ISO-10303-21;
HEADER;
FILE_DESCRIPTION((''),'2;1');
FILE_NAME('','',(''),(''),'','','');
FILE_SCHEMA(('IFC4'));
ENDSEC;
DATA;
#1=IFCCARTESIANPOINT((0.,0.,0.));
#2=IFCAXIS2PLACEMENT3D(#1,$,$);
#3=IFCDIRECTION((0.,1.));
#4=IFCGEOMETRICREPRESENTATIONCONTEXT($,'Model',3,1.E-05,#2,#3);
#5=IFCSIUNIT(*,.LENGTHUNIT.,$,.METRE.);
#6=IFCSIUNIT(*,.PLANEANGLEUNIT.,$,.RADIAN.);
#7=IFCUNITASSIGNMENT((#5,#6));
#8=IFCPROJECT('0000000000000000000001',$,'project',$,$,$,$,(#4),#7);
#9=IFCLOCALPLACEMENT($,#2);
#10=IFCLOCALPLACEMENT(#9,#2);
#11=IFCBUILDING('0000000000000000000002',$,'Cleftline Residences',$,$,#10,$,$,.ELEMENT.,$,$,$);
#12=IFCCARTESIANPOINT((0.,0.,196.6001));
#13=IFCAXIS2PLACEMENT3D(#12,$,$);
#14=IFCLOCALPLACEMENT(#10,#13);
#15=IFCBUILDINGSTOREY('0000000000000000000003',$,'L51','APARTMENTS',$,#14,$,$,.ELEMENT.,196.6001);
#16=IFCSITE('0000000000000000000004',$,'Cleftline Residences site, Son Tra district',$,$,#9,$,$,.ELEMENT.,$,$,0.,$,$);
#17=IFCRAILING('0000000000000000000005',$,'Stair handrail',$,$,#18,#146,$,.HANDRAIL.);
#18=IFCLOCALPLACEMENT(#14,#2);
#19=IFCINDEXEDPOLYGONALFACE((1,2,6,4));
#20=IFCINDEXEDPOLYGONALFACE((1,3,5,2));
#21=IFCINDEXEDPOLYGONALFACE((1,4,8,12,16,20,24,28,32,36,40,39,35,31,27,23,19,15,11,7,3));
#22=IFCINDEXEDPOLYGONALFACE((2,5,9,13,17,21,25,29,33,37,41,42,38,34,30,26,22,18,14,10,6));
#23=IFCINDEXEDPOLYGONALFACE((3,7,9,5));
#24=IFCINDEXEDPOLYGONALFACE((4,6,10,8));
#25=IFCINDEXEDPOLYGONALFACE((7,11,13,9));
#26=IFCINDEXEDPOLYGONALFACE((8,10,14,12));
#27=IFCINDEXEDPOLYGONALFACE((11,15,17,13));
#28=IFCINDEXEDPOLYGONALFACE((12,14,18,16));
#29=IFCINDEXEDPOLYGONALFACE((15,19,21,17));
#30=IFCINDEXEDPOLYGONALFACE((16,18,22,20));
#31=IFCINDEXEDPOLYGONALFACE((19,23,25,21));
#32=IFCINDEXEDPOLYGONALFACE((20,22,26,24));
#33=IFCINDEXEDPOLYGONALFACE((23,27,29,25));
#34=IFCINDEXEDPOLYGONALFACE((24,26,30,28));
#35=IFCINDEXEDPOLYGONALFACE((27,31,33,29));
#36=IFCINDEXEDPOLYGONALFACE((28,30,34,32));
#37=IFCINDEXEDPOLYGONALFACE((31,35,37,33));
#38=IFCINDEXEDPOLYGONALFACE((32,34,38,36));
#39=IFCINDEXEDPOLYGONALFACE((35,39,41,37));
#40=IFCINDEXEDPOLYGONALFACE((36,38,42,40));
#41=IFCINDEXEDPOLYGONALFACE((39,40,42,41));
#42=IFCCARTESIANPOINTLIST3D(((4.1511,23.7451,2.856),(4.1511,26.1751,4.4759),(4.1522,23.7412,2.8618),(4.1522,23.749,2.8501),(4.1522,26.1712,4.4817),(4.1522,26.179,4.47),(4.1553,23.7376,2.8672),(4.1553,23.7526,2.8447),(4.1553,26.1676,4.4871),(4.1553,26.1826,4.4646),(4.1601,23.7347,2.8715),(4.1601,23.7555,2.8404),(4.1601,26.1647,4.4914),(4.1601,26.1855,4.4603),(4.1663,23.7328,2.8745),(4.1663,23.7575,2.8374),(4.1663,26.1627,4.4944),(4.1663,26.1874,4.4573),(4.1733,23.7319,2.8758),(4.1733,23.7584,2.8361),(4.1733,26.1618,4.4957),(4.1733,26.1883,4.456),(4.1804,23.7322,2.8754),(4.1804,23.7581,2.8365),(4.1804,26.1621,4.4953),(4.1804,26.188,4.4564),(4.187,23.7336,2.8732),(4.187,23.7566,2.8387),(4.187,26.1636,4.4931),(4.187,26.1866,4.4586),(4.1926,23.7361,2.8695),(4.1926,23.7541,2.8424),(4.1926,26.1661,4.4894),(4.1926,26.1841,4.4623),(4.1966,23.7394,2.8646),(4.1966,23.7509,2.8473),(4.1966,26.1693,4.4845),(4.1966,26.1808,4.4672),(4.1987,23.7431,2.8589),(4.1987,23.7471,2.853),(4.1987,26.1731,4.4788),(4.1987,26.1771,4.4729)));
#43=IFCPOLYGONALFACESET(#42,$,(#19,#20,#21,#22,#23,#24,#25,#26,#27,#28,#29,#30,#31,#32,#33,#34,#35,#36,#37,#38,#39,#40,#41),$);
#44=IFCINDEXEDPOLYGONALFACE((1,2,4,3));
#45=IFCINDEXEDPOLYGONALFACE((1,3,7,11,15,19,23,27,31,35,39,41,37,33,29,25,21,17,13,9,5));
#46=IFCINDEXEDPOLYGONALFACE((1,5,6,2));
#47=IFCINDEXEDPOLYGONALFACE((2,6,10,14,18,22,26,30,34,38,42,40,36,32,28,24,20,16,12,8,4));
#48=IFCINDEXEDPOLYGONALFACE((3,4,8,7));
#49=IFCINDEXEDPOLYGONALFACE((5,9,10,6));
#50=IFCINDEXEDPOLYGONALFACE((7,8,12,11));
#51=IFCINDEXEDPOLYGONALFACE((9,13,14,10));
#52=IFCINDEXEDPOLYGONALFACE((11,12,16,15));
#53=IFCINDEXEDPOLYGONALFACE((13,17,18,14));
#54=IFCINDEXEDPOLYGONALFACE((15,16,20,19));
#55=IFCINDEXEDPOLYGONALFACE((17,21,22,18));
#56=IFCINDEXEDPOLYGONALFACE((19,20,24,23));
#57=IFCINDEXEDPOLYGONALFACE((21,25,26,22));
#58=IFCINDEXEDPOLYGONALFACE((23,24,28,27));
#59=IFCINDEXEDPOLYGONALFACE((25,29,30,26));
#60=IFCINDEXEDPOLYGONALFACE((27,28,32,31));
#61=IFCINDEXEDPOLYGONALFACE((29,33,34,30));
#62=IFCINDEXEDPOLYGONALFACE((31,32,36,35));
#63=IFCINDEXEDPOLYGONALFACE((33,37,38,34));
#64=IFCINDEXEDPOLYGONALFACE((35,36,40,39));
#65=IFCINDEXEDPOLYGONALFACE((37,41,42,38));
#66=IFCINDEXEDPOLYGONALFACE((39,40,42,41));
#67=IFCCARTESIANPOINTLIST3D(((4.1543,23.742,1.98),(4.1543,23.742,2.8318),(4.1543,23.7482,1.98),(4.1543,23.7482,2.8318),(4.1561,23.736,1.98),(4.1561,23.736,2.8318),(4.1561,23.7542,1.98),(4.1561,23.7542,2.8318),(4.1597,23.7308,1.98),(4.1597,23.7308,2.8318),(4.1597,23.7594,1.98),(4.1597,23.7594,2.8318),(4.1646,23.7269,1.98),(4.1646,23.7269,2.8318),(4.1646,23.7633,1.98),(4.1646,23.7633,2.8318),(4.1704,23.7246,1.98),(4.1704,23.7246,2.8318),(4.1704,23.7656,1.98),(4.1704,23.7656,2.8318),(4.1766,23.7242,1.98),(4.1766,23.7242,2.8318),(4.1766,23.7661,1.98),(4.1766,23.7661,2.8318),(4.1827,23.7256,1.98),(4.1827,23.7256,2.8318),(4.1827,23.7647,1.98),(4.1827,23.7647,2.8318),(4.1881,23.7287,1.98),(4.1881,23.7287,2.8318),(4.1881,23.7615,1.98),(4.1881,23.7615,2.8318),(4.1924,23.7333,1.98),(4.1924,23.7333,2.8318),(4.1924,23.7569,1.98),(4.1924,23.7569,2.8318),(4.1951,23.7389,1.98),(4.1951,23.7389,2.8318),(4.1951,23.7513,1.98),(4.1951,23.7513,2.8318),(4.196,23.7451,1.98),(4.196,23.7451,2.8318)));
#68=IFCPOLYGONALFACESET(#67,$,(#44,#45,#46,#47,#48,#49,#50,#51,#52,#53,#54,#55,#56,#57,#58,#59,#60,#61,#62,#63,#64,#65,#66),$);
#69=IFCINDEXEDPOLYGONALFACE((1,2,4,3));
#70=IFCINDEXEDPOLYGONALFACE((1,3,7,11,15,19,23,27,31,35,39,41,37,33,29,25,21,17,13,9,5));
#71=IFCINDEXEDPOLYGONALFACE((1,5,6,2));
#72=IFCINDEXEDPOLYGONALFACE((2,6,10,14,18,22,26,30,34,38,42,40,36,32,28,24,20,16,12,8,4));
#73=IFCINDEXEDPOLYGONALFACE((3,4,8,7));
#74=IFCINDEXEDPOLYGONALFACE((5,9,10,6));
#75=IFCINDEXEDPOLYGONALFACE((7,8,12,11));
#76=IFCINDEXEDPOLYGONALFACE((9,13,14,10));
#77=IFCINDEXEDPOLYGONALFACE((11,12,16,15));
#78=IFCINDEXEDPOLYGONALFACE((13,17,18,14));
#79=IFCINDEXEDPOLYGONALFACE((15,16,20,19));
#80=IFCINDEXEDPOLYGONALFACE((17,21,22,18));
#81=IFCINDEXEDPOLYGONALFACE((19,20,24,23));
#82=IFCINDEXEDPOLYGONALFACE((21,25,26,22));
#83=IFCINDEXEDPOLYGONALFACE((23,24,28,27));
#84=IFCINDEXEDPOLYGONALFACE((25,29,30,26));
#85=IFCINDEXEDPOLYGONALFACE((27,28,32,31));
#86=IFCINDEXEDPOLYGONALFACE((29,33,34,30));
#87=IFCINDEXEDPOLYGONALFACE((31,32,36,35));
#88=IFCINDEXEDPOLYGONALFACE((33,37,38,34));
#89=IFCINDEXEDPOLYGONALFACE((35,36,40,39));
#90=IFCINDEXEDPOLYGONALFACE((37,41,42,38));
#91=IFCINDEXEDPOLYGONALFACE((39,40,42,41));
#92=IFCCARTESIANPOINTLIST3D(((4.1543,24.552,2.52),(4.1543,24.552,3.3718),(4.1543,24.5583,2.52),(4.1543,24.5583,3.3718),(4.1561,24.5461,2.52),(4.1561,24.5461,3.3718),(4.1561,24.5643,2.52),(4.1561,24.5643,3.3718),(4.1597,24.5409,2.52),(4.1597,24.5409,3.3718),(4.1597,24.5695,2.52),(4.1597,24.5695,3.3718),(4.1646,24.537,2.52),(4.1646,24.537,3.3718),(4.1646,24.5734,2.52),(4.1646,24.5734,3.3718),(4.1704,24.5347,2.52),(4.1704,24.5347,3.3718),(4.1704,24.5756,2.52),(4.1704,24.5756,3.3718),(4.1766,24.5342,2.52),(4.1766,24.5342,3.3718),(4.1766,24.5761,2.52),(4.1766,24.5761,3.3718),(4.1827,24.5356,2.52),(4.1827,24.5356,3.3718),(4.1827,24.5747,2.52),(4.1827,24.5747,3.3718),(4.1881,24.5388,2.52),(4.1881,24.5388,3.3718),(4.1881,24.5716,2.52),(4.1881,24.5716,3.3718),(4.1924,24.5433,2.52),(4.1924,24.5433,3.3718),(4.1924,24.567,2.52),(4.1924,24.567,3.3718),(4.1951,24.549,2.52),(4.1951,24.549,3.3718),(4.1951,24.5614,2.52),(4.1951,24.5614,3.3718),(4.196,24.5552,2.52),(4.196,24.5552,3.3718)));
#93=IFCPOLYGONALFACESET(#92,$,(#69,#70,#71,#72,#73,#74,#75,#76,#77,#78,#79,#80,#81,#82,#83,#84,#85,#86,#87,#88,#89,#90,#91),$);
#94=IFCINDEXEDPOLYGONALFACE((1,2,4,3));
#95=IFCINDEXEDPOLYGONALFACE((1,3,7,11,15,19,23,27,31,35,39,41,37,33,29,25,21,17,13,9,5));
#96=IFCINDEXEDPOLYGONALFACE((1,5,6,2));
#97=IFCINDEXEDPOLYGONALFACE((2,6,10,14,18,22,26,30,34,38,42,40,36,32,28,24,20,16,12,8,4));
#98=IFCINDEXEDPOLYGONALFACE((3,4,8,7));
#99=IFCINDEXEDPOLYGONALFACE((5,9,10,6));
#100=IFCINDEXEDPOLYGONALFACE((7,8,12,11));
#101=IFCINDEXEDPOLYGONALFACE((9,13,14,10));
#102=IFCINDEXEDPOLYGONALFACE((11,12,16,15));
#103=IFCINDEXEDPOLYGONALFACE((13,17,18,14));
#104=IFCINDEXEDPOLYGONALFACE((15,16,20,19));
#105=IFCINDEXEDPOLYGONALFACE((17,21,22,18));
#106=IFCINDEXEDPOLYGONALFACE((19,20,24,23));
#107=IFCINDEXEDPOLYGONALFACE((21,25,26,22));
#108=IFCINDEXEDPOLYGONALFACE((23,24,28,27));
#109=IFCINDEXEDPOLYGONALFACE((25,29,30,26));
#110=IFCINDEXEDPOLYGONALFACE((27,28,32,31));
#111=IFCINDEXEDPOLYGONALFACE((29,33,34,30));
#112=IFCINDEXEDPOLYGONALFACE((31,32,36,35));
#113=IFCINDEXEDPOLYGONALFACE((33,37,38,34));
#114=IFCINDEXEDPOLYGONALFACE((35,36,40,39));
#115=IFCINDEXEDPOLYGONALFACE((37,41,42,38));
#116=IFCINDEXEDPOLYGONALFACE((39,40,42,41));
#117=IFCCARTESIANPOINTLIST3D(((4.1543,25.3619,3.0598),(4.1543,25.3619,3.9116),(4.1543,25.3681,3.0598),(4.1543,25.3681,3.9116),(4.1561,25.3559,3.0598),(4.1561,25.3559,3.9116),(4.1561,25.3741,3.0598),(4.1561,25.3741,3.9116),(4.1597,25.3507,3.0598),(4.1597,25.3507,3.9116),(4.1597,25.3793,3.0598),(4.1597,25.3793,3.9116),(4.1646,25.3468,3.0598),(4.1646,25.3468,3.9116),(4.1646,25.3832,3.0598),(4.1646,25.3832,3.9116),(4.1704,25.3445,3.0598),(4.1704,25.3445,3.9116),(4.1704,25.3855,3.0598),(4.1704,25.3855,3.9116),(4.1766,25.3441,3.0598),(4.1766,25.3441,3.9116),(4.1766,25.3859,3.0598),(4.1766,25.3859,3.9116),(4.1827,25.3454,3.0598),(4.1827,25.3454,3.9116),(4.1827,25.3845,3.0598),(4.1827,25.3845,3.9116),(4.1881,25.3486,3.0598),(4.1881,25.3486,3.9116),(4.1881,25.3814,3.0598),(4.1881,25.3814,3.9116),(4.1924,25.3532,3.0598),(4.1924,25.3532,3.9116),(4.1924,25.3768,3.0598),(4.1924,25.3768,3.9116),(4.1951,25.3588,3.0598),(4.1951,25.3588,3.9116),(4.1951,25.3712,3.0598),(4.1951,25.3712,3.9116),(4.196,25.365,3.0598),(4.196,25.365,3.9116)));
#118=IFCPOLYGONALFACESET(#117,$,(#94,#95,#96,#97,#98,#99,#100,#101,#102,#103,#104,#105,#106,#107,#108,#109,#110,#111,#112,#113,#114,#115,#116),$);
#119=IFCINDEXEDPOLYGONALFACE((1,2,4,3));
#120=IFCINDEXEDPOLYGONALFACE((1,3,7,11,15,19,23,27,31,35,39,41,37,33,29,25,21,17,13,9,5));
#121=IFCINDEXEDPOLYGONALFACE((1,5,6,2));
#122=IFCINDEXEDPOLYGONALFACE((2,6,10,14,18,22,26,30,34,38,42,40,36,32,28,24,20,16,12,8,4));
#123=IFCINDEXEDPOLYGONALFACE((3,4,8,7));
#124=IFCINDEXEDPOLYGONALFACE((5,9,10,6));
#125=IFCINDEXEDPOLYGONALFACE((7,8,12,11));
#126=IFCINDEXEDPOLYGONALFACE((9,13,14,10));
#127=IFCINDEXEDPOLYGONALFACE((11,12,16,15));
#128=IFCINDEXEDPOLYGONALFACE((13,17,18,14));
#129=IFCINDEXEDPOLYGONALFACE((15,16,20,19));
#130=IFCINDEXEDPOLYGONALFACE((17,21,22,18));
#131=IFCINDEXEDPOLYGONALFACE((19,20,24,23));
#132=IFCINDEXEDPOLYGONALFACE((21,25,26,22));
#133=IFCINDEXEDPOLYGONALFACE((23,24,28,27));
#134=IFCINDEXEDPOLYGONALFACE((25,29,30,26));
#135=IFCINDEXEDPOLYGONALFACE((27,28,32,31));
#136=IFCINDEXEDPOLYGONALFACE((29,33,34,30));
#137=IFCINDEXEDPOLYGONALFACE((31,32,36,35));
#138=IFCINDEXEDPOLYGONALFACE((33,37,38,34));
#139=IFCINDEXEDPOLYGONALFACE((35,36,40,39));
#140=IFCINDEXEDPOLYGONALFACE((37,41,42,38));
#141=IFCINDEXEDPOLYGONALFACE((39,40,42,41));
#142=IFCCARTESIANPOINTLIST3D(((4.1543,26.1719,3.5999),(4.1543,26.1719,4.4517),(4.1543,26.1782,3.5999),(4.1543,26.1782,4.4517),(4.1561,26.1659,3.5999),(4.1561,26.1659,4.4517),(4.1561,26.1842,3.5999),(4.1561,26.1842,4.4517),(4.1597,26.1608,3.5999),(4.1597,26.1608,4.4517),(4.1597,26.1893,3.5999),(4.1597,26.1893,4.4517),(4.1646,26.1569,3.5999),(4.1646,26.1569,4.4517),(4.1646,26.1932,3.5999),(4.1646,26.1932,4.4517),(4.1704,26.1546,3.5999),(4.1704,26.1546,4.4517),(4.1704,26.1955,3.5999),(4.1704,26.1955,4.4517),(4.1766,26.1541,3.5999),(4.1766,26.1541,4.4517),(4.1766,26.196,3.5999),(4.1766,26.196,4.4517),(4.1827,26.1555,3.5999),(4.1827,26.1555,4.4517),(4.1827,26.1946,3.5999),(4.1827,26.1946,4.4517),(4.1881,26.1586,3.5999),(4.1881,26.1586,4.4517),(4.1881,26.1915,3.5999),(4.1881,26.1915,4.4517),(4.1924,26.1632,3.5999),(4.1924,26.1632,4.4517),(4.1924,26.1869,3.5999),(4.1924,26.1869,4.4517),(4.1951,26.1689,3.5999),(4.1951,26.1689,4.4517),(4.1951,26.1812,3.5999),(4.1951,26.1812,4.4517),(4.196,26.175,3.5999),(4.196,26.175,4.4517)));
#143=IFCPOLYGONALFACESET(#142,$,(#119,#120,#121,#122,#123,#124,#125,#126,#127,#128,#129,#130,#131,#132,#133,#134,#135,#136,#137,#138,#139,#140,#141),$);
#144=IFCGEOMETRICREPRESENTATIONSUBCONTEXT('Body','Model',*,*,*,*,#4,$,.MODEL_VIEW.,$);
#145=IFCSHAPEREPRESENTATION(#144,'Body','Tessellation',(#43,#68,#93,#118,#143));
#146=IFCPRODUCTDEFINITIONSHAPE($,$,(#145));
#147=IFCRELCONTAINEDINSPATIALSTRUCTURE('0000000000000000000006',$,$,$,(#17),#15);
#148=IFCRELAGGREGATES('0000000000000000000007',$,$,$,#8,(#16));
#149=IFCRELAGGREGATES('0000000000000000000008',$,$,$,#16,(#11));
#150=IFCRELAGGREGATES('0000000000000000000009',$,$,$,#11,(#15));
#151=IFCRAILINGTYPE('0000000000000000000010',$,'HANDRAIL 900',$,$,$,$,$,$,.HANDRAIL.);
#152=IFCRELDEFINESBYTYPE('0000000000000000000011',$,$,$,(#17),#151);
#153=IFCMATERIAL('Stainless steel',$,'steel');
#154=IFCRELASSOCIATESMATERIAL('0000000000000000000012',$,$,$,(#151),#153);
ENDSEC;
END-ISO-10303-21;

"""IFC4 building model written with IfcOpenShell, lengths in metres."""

from ifc_helpers import new_model, si_unit, direction, frame, origin, origin_2d, place, context, subcontext, project, spatial, circle, extrude, material, type_object, element, save


model = new_model("IFC4")

# Units and contexts
model_context = context("Model", 3, precision=1e-05, world=origin(), true_north=direction((0.0, 1.0)))
body_context = subcontext(model_context, "Body", "Model", "MODEL_VIEW")
ifc_project = project(units=[si_unit("LENGTHUNIT", "METRE"), si_unit("PLANEANGLEUNIT", "RADIAN")], contexts=[model_context])

# Site, building, storey
site_placement = place(None, origin())
site = spatial("IfcSite", under=ifc_project, at=site_placement, Name="Cleftline Residences site, Son Tra district", CompositionType="ELEMENT", RefElevation=0.0)
building_placement = place(site_placement, origin())
building = spatial("IfcBuilding", under=site, at=building_placement, Name="Cleftline Residences", CompositionType="ELEMENT")
storey_placement = place(building_placement, frame((0.0, 0.0, 196.6001)))
storey = spatial("IfcBuildingStorey", under=building, at=storey_placement, Name="L51", Description="APARTMENTS", CompositionType="ELEMENT", Elevation=196.6001)

# Railing
ifc_material_1 = material(Name="Stainless steel", Category="steel")
railing_type = type_object("IfcRailingType", Name="HANDRAIL 900", PredefinedType="HANDRAIL", material=ifc_material_1)
railing_1_placement = place(storey_placement, frame((4.175, 23.7451, 1.98)))
element("IfcRailing", 1, at=railing_1_placement, inside=storey, type_object=railing_type, Name="Stair handrail", PredefinedType="HANDRAIL", context=body_context, shape_type="SweptSolid", body=[
    extrude(circle(Radius=0.0239, at=origin_2d()), frame((0.0, 0.0, 0.876), z_axis=(0.0, 0.832063, 0.554681), x_axis=(-1.0, 0.0, 0.0)), (0.0, 0.0, 1.0), 2.9204),
    extrude(circle(Radius=0.021, at=origin_2d()), origin(), (0.0, 0.0, 1.0), 0.8518),
    extrude(circle(Radius=0.021, at=origin_2d()), frame((0.0, 0.8101, 0.54)), (0.0, 0.0, 1.0), 0.8518),
    extrude(circle(Radius=0.021, at=origin_2d()), frame((0.0, 1.6199, 1.0798)), (0.0, 0.0, 1.0), 0.8518),
    extrude(circle(Radius=0.021, at=origin_2d()), frame((0.0, 2.4299, 1.6199)), (0.0, 0.0, 1.0), 0.8518),
])

save(model, "model.ifc")
